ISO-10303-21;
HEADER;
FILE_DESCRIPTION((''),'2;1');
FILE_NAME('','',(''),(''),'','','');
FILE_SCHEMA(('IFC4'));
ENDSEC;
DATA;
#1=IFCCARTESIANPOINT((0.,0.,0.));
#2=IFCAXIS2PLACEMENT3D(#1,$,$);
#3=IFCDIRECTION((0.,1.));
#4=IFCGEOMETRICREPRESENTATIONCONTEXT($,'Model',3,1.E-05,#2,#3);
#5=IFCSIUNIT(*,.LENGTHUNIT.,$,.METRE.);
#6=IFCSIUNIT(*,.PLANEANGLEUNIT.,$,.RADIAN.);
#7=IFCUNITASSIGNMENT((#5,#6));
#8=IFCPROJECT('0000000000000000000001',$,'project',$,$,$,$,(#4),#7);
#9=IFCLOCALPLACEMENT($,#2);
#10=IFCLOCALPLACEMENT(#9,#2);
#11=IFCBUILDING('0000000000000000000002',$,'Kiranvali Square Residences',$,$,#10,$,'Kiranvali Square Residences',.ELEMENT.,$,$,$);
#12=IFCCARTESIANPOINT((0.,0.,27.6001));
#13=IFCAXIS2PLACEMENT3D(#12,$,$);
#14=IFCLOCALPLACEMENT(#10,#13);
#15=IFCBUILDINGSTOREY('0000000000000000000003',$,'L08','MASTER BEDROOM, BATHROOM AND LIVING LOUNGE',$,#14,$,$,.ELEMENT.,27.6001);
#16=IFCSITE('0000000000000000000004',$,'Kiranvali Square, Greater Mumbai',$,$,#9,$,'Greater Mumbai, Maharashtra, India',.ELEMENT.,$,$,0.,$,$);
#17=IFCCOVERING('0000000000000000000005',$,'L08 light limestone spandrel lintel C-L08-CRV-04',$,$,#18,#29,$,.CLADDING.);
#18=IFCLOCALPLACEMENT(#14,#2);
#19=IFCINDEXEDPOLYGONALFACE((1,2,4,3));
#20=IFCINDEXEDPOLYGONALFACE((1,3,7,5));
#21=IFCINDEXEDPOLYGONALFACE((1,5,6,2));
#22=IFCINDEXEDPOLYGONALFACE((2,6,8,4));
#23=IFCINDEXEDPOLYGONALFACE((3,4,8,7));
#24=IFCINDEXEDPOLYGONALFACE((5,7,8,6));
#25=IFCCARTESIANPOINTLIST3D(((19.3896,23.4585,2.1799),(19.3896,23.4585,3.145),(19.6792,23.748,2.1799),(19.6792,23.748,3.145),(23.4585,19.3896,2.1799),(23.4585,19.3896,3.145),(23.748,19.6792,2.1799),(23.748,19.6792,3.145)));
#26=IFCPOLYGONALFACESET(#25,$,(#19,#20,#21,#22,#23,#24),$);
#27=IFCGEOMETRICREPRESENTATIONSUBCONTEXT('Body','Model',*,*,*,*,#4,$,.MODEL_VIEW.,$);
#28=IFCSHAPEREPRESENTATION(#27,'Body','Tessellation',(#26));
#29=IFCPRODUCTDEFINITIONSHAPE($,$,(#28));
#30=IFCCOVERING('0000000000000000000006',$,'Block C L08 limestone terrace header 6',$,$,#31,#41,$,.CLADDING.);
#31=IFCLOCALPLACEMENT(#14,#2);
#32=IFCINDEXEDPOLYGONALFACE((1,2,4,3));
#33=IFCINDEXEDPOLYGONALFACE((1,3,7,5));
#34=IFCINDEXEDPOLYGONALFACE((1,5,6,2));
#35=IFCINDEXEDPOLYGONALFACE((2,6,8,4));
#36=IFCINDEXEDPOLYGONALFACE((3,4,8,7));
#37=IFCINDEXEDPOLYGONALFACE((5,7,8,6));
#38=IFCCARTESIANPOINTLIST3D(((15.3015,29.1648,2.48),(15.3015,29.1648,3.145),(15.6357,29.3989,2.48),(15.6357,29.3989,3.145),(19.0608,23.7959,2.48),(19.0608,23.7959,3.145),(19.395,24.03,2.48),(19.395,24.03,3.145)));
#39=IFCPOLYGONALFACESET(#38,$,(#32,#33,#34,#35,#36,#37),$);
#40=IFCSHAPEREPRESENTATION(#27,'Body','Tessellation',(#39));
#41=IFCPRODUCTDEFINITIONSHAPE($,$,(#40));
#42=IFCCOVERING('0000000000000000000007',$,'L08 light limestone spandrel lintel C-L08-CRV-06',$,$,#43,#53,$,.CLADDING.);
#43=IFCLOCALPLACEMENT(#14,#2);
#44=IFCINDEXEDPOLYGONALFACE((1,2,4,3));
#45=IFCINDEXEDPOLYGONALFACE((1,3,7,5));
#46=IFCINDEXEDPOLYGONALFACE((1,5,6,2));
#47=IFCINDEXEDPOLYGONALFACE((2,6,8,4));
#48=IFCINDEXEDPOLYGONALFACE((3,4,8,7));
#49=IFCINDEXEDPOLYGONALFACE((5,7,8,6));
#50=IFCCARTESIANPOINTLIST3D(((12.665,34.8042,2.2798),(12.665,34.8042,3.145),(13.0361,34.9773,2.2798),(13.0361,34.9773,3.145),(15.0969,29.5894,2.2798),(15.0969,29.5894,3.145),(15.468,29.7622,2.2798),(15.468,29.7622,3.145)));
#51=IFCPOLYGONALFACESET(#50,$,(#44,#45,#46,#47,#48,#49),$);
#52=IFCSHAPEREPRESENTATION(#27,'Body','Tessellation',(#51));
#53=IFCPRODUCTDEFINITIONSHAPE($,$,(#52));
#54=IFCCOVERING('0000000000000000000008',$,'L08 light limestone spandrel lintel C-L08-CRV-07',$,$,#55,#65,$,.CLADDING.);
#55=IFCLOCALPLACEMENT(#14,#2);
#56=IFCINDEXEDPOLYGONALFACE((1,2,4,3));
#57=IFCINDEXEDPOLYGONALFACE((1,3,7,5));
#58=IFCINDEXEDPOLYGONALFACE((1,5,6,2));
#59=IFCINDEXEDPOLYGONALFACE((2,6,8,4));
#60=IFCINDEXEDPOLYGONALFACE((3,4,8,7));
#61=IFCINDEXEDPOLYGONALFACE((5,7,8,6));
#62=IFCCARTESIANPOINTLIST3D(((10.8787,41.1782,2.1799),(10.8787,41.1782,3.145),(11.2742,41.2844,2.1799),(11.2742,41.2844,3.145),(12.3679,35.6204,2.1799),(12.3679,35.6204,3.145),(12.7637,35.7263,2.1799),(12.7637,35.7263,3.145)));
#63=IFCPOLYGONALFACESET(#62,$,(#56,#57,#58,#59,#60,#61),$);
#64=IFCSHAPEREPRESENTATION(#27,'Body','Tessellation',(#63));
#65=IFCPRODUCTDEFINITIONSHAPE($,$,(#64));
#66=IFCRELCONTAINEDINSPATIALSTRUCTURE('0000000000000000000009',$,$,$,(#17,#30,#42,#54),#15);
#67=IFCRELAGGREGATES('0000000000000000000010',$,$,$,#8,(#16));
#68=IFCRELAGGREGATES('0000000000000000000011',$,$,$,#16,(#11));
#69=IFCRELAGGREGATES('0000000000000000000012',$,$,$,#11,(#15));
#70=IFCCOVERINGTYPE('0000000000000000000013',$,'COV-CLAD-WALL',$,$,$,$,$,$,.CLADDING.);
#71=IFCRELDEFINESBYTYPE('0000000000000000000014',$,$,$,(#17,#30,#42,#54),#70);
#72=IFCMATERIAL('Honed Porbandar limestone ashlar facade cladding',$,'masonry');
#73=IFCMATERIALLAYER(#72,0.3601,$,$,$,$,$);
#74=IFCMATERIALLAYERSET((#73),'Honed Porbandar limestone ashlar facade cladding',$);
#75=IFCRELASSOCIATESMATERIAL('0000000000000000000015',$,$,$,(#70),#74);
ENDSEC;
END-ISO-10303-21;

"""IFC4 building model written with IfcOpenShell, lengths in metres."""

from ifc_helpers import new_model, si_unit, direction, frame, origin, place, context, subcontext, project, spatial, polyline, outline, extrude, material, layer, layer_set, type_object, element, save


model = new_model("IFC4")

# Units and contexts
model_context = context("Model", 3, precision=1e-05, world=origin(), true_north=direction((0.0, 1.0)))
body_context = subcontext(model_context, "Body", "Model", "MODEL_VIEW")
ifc_project = project(units=[si_unit("LENGTHUNIT", "METRE"), si_unit("PLANEANGLEUNIT", "RADIAN")], contexts=[model_context])

# Site, building, storey
site_placement = place(None, origin())
site = spatial("IfcSite", under=ifc_project, at=site_placement, Name="Kiranvali Square, Greater Mumbai", LongName="Greater Mumbai, Maharashtra, India", CompositionType="ELEMENT", RefElevation=0.0)
building_placement = place(site_placement, origin())
building = spatial("IfcBuilding", under=site, at=building_placement, Name="Kiranvali Square Residences", LongName="Kiranvali Square Residences", CompositionType="ELEMENT")
storey_placement = place(building_placement, frame((0.0, 0.0, 27.6001)))
storey = spatial("IfcBuildingStorey", under=building, at=storey_placement, Name="L08", Description="MASTER BEDROOM, BATHROOM AND LIVING LOUNGE", CompositionType="ELEMENT", Elevation=27.6001)

# Coverings
ifc_material = material(Name="Honed Porbandar limestone ashlar facade cladding", Category="masonry")
ifc_layer = layer(ifc_material, 0.3601)
ifc_layer_set = layer_set([ifc_layer], Name="Honed Porbandar limestone ashlar facade cladding")
covering_type = type_object("IfcCoveringType", Name="COV-CLAD-WALL", PredefinedType="CLADDING", material=ifc_layer_set)
covering_1_placement = place(storey_placement, frame((0.0, 0.0, 2.1799)))
element("IfcCovering", 1, at=covering_1_placement, inside=storey, type_object=covering_type, Name="L08 light limestone spandrel lintel C-L08-CRV-04", PredefinedType="CLADDING", context=body_context, shape_type="SweptSolid", body=[
    extrude(outline(polyline([(23.748, 19.6792), (19.6792, 23.748), (19.3896, 23.4585), (23.4585, 19.3896), (23.748, 19.6792)])), origin(), (0.0, 0.0, 1.0), 0.9651),
])
covering_2_placement = place(storey_placement, frame((0.0, 0.0, 2.48)))
element("IfcCovering", 2, at=covering_2_placement, inside=storey, type_object=covering_type, Name="Block C L08 limestone terrace header 6", PredefinedType="CLADDING", context=body_context, shape_type="SweptSolid", body=[
    extrude(outline(polyline([(19.395, 24.03), (15.6357, 29.3989), (15.3015, 29.1648), (19.0608, 23.7959), (19.395, 24.03)])), origin(), (0.0, 0.0, 1.0), 0.665),
])
covering_3_placement = place(storey_placement, frame((0.0, 0.0, 2.2798)))
element("IfcCovering", 3, at=covering_3_placement, inside=storey, type_object=covering_type, Name="L08 light limestone spandrel lintel C-L08-CRV-06", PredefinedType="CLADDING", context=body_context, shape_type="SweptSolid", body=[
    extrude(outline(polyline([(15.468, 29.7622), (13.0361, 34.9773), (12.665, 34.8042), (15.0969, 29.5894), (15.468, 29.7622)])), origin(), (0.0, 0.0, 1.0), 0.8652),
])
covering_4_placement = place(storey_placement, frame((0.0, 0.0, 2.1799)))
element("IfcCovering", 4, at=covering_4_placement, inside=storey, type_object=covering_type, Name="L08 light limestone spandrel lintel C-L08-CRV-07", PredefinedType="CLADDING", context=body_context, shape_type="SweptSolid", body=[
    extrude(outline(polyline([(12.7637, 35.7263), (11.2742, 41.2844), (10.8787, 41.1782), (12.3679, 35.6204), (12.7637, 35.7263)])), origin(), (0.0, 0.0, 1.0), 0.9651),
])

save(model, "model.ifc")
